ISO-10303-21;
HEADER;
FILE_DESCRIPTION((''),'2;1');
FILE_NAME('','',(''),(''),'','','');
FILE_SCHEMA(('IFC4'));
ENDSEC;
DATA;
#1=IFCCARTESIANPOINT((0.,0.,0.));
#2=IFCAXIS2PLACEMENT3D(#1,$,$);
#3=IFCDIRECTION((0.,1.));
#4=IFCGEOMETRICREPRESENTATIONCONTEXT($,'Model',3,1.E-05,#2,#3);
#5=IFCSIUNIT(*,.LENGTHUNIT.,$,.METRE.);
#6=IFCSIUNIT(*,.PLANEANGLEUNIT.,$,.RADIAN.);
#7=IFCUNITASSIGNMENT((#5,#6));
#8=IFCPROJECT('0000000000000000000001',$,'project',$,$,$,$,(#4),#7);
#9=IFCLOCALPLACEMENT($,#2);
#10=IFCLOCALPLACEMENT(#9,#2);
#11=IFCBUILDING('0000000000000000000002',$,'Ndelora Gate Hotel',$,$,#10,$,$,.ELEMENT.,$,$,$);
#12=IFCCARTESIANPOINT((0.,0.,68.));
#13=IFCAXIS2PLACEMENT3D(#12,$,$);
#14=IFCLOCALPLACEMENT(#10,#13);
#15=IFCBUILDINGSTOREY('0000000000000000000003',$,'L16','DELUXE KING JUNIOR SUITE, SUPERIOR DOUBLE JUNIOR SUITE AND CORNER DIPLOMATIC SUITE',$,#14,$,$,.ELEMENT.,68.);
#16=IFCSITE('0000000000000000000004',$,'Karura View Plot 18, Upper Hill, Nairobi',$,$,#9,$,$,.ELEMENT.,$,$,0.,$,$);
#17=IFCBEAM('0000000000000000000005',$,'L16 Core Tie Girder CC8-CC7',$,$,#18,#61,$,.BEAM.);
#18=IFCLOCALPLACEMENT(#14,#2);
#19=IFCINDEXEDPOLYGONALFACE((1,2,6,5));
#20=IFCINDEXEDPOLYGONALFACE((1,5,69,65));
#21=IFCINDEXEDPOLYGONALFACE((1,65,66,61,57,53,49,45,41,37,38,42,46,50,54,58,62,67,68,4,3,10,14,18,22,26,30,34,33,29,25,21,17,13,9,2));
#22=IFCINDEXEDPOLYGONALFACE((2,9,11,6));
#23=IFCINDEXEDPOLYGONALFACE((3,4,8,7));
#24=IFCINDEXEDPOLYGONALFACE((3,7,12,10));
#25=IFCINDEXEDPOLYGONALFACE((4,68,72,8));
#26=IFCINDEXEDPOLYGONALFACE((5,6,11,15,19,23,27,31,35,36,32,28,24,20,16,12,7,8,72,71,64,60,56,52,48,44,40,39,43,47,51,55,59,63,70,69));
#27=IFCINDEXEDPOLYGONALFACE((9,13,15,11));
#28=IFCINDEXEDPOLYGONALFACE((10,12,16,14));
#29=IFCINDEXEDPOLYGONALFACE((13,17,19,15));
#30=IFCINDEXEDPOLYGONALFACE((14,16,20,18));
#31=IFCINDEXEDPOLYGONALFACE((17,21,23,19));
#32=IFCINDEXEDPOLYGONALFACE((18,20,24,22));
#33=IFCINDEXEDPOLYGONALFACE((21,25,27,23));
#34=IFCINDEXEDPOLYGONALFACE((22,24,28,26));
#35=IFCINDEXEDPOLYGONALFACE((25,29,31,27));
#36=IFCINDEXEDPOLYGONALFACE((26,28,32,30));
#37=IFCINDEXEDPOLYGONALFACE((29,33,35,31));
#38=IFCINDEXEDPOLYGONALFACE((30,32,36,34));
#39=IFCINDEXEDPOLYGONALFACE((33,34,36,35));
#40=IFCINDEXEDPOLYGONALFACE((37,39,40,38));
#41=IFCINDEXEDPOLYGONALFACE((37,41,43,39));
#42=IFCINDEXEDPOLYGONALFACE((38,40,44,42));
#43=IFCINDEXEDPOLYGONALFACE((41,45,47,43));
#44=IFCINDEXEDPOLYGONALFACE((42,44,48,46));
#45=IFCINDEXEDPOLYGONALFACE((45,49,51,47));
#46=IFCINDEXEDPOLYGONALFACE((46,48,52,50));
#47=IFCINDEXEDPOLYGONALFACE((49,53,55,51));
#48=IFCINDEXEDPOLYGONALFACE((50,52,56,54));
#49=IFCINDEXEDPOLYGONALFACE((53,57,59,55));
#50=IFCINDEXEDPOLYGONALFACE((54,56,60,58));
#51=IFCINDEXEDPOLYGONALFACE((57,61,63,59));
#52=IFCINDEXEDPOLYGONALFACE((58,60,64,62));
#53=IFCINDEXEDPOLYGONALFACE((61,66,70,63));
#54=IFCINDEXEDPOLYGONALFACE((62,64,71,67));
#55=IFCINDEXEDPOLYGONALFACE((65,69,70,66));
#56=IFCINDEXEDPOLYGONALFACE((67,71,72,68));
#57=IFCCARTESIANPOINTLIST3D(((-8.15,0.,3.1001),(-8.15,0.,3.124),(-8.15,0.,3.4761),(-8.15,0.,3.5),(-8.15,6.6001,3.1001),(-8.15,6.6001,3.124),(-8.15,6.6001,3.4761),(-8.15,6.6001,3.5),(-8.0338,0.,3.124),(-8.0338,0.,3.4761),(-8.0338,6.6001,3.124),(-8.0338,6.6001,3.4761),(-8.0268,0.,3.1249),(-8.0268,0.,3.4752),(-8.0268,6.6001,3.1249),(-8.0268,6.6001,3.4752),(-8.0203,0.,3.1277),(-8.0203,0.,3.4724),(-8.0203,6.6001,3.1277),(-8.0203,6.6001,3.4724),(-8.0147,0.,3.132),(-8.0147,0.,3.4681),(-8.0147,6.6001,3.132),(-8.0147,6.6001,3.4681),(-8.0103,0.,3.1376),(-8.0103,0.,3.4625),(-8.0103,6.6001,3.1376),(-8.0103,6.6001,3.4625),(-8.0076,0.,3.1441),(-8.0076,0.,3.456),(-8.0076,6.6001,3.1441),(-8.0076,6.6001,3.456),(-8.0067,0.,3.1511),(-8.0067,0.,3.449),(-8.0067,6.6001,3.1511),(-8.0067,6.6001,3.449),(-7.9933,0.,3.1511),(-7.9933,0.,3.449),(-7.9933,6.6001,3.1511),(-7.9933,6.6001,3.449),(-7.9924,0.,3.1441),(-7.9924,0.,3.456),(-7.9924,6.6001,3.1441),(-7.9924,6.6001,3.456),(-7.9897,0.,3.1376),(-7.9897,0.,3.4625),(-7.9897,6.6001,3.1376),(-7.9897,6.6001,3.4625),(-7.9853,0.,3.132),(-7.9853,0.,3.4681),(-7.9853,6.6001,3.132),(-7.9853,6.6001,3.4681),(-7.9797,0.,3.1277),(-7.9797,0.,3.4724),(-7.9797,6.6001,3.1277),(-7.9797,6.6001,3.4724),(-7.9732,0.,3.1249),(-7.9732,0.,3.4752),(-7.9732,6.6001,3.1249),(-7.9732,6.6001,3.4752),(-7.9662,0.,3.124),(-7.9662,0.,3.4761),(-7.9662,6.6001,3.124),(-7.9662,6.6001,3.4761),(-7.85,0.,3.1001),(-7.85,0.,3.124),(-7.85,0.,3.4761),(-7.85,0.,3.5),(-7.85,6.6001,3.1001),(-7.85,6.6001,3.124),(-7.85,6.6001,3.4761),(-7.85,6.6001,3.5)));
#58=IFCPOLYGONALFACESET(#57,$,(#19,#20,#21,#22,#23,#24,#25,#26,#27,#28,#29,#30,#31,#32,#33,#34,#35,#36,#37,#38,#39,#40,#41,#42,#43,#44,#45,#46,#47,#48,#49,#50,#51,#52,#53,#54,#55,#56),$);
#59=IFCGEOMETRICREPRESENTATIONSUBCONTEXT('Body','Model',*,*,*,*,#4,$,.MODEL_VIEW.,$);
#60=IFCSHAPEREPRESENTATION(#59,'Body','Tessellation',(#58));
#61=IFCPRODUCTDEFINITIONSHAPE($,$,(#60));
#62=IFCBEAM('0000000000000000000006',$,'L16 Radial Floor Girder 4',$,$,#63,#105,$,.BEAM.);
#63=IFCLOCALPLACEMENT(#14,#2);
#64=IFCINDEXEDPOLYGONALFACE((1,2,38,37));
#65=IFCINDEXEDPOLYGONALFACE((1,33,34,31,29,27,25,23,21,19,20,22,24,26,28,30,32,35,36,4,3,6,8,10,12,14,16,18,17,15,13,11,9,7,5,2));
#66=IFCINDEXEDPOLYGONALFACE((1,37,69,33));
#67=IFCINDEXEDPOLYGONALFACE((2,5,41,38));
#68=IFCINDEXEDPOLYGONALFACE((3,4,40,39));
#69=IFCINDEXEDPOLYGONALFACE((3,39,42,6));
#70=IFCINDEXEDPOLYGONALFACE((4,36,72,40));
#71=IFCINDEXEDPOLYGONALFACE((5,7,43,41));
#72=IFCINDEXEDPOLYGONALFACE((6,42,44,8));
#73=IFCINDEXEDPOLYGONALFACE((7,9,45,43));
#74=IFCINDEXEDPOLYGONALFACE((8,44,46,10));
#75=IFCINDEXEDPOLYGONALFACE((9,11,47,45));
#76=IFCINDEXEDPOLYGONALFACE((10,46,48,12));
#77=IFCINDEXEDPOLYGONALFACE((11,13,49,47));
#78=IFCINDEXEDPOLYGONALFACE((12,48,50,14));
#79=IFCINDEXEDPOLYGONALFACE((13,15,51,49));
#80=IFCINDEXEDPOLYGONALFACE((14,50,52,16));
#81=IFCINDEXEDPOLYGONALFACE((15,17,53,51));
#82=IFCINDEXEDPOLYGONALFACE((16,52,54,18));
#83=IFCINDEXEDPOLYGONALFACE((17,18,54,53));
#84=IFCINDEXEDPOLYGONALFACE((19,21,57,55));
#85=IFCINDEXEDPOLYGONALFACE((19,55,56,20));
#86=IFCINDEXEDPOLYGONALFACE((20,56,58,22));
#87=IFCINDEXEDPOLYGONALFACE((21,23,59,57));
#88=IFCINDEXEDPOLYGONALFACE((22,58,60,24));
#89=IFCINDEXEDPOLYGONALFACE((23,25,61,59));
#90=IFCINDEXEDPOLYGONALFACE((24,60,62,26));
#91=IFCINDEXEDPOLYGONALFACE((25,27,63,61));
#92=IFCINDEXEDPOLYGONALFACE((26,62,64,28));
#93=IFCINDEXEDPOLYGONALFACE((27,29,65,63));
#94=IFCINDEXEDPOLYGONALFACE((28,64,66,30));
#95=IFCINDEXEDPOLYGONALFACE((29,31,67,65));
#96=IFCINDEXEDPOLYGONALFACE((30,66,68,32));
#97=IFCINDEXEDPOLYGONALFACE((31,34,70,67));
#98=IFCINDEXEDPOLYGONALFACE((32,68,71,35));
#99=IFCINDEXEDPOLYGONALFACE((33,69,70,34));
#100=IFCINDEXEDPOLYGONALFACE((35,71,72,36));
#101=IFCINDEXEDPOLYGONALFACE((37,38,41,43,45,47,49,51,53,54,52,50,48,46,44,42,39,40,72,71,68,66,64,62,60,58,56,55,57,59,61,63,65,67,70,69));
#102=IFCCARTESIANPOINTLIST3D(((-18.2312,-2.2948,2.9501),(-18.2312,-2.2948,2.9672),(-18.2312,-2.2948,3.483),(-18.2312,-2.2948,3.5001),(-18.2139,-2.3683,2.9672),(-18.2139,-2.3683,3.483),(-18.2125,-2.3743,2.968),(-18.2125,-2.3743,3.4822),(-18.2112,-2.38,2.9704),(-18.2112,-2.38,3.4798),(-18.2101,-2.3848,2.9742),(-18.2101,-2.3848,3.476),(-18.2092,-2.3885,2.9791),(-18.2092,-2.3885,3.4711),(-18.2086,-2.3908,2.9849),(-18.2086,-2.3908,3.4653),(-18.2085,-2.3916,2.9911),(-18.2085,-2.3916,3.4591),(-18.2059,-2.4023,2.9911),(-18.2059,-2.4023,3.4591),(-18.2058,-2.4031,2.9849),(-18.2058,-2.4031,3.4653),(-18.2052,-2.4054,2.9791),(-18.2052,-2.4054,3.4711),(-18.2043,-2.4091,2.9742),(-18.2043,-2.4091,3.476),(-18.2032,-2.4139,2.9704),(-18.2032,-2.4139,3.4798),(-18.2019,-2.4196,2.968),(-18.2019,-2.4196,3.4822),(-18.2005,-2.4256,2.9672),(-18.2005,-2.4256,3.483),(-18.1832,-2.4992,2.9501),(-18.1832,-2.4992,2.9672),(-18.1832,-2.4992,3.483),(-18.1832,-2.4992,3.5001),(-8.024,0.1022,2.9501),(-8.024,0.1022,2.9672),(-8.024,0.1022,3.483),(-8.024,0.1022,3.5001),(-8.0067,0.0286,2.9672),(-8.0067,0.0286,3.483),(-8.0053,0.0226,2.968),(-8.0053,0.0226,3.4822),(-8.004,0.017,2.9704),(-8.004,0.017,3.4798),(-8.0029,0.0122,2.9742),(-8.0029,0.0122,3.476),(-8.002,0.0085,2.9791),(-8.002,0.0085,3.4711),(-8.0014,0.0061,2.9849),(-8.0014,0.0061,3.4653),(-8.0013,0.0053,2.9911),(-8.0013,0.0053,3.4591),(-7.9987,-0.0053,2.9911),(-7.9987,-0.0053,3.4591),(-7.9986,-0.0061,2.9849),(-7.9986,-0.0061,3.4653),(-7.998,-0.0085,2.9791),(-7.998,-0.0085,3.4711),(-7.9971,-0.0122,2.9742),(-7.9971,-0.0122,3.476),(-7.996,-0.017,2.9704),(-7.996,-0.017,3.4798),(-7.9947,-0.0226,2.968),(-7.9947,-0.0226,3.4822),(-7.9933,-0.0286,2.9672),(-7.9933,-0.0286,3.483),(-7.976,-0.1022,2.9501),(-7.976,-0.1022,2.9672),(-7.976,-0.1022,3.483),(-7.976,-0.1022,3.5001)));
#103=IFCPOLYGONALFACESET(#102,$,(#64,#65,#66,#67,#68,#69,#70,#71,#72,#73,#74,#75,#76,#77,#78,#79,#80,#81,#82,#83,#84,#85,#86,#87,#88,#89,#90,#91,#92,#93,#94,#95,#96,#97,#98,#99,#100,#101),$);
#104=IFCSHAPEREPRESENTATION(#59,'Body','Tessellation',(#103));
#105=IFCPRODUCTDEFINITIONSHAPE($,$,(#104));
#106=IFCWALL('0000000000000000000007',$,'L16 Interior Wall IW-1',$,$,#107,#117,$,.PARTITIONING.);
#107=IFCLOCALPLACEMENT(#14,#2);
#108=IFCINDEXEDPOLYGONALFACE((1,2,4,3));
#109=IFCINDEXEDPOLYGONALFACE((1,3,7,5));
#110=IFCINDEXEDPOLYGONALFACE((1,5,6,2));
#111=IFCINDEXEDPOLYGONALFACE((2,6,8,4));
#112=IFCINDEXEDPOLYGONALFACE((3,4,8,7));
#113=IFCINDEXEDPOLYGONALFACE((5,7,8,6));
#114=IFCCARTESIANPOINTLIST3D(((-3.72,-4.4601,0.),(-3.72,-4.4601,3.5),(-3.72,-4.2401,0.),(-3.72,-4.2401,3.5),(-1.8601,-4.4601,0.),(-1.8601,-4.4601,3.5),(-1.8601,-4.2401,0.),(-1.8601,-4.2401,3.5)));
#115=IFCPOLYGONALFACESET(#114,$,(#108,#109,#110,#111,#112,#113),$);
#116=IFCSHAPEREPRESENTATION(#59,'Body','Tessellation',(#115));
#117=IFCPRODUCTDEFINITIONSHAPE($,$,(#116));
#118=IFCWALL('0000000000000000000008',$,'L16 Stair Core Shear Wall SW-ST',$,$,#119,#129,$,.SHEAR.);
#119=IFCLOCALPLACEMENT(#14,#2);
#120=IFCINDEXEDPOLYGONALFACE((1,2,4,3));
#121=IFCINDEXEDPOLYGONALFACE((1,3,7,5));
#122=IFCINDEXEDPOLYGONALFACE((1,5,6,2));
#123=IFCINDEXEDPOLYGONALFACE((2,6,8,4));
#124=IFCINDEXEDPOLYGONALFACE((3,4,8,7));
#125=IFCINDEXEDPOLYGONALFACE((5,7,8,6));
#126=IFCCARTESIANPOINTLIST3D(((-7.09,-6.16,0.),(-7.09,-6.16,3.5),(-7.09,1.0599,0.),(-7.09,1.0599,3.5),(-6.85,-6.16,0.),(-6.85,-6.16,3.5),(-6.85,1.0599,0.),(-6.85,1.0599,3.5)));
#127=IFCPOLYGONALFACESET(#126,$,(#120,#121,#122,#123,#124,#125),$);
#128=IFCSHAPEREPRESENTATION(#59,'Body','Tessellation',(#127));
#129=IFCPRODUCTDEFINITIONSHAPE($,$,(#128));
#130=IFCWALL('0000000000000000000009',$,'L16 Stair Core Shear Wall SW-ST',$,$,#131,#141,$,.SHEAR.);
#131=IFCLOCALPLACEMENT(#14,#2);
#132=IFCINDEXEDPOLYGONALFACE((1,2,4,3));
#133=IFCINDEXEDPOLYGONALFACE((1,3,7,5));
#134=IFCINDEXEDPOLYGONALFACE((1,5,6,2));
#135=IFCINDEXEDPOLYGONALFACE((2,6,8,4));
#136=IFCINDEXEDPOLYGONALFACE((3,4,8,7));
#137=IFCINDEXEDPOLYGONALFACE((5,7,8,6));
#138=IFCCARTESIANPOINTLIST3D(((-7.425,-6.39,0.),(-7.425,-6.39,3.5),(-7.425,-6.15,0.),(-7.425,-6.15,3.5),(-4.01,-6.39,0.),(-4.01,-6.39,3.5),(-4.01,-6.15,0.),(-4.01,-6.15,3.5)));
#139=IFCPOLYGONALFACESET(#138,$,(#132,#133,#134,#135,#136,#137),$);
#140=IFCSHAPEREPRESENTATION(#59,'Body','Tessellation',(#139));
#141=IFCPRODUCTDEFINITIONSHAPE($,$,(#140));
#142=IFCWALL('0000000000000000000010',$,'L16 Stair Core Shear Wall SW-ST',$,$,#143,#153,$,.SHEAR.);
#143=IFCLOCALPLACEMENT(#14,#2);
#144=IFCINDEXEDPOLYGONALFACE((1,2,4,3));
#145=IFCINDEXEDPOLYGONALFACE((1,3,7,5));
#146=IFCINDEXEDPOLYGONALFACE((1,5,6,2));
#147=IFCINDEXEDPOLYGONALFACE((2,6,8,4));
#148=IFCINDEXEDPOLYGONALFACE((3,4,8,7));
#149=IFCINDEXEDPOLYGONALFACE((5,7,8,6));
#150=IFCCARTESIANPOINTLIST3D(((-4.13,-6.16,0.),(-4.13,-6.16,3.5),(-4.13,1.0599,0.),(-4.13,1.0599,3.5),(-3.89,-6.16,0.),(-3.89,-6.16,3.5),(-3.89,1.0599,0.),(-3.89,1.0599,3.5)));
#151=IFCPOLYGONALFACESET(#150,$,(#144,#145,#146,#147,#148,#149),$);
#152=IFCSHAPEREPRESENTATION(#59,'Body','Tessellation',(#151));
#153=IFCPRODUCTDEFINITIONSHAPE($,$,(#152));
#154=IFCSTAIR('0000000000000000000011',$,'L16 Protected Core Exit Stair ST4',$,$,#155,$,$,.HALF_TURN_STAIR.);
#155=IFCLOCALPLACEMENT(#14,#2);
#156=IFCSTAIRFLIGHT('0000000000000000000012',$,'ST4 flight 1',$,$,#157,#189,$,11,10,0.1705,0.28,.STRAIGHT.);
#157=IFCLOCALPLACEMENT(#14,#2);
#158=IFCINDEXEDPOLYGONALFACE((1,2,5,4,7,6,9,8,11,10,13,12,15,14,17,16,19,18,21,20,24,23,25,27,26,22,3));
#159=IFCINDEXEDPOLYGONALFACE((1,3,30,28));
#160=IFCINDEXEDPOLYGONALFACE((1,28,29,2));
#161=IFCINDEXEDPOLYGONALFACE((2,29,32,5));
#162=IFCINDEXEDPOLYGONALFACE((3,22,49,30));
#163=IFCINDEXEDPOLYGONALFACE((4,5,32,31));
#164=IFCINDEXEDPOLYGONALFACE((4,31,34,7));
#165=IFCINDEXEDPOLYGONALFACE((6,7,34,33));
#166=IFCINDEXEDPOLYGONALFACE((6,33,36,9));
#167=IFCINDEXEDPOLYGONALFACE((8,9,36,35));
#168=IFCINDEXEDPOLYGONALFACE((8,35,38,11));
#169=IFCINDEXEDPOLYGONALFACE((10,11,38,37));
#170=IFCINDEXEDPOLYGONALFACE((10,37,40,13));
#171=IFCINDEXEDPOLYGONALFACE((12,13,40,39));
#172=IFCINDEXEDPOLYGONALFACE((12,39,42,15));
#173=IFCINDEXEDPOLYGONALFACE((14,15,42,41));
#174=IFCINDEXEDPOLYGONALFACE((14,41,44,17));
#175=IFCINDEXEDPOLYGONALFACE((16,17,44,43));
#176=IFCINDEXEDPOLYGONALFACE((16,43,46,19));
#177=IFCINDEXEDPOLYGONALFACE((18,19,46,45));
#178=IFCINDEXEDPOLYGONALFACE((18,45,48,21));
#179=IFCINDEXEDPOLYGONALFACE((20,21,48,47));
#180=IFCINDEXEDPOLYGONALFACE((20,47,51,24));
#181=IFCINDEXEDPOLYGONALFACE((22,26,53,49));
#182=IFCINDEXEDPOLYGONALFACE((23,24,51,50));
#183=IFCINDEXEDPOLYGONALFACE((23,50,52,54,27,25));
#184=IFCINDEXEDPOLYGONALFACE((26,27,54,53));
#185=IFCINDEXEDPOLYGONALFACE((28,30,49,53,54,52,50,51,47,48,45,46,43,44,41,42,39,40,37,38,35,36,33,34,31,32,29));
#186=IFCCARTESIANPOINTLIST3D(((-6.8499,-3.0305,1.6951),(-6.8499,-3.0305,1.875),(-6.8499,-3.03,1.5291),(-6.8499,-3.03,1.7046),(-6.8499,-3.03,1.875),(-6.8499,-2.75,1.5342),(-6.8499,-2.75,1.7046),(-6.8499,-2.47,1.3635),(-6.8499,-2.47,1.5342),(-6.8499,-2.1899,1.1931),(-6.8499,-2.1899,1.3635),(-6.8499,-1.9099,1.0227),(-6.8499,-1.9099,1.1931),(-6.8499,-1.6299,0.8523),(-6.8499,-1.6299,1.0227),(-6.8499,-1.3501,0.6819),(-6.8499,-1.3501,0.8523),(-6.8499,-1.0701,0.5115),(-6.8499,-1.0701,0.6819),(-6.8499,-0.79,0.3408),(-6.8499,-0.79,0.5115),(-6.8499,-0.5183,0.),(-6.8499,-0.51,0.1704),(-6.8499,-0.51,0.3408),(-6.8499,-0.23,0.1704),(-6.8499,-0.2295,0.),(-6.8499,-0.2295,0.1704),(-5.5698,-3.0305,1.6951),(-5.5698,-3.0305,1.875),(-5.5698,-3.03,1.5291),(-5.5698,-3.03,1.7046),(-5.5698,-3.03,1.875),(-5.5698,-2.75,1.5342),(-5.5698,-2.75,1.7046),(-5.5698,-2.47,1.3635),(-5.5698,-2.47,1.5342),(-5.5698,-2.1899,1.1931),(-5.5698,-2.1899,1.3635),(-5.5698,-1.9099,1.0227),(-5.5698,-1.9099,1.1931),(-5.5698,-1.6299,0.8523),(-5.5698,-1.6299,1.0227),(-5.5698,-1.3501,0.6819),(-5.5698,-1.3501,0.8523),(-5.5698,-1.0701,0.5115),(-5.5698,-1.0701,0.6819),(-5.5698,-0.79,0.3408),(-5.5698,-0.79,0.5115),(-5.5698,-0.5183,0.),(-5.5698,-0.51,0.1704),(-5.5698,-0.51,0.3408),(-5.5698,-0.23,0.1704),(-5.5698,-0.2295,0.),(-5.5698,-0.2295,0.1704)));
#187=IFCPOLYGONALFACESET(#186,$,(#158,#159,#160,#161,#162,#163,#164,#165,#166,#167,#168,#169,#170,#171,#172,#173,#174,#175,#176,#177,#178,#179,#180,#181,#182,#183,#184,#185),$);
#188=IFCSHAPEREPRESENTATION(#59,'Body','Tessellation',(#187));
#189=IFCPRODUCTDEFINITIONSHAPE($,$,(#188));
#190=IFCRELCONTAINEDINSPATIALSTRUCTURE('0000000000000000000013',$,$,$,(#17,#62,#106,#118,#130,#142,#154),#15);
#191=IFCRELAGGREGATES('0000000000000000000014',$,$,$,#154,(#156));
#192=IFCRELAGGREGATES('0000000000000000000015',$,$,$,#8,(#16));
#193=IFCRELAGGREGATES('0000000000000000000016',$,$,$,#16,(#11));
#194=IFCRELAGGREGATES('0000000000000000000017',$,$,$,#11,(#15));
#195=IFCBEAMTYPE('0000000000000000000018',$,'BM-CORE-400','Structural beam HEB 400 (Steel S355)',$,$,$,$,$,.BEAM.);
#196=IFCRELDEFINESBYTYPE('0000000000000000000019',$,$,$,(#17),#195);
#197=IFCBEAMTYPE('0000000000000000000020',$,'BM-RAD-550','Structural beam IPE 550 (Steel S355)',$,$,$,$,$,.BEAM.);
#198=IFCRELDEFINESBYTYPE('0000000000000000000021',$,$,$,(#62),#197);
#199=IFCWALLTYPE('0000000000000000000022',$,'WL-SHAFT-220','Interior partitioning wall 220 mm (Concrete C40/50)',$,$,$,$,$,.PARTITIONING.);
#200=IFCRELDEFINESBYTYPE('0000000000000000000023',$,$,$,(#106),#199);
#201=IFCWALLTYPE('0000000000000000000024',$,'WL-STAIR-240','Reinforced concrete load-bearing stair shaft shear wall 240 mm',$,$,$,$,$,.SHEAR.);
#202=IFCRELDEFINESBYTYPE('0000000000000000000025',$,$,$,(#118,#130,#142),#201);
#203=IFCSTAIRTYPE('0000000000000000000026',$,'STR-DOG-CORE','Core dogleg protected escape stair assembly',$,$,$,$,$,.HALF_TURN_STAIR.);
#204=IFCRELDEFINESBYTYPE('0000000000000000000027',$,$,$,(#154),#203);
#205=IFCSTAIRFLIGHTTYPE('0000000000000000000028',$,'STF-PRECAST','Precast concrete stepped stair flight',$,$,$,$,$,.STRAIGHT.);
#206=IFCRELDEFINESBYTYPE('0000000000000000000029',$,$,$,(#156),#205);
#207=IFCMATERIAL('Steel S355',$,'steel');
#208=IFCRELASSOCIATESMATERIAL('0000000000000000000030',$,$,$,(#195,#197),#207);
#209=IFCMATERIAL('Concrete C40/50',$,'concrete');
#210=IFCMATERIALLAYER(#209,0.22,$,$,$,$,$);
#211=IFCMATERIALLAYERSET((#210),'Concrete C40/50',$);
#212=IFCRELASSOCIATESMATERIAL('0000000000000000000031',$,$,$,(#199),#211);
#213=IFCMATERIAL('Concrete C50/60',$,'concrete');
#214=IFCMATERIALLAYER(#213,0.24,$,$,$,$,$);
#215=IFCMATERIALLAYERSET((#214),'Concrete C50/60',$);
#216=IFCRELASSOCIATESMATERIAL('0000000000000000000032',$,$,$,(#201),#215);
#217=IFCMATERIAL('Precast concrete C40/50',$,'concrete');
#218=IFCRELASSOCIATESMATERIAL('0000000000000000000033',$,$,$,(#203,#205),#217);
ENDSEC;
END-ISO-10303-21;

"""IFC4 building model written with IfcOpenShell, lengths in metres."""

from ifc_helpers import new_model, si_unit, direction, frame, frame_2d, origin, origin_2d, place, context, subcontext, project, spatial, polyline, rectangle, i_section, outline, extrude, material, layer, layer_set, material_profile, profile_set, type_object, element, aggregate, save


model = new_model("IFC4")

# Units and contexts
model_context = context("Model", 3, precision=1e-05, world=origin(), true_north=direction((0.0, 1.0)))
body_context = subcontext(model_context, "Body", "Model", "MODEL_VIEW")
ifc_project = project(units=[si_unit("LENGTHUNIT", "METRE"), si_unit("PLANEANGLEUNIT", "RADIAN")], contexts=[model_context])

# Site, building, storey
site_placement = place(None, origin())
site = spatial("IfcSite", under=ifc_project, at=site_placement, Name="Karura View Plot 18, Upper Hill, Nairobi", CompositionType="ELEMENT", RefElevation=0.0)
building_placement = place(site_placement, origin())
building = spatial("IfcBuilding", under=site, at=building_placement, Name="Ndelora Gate Hotel", CompositionType="ELEMENT")
storey_placement = place(building_placement, frame((0.0, 0.0, 68.0)))
storey = spatial("IfcBuildingStorey", under=building, at=storey_placement, Name="L16", Description="DELUXE KING JUNIOR SUITE, SUPERIOR DOUBLE JUNIOR SUITE AND CORNER DIPLOMATIC SUITE", CompositionType="ELEMENT", Elevation=68.0)

# Beams
ifc_material_1 = material(Name="Steel S355", Category="steel")
ifc_material_profile_1 = material_profile(ifc_material_1, i_section(OverallWidth=0.3, OverallDepth=0.3999, WebThickness=0.0134, FlangeThickness=0.0239, FilletRadius=0.0271, at=origin_2d()), Name="HEB 400")
ifc_profile_set_1 = profile_set([ifc_material_profile_1], Name="Steel S355")
beam_type_1 = type_object("IfcBeamType", Name="BM-CORE-400", Description="Structural beam HEB 400 (Steel S355)", PredefinedType="BEAM", material=ifc_profile_set_1)
beam_1_placement = place(storey_placement, frame((-8.0, 0.0, 3.3), z_axis=(0.0, 1.0, 0.0), x_axis=(-1.0, 0.0, 0.0)))
element("IfcBeam", 1, at=beam_1_placement, inside=storey, type_object=beam_type_1, Name="L16 Core Tie Girder CC8-CC7", PredefinedType="BEAM", context=body_context, shape_type="SweptSolid", body=[
    extrude(i_section(OverallWidth=0.3, OverallDepth=0.3999, WebThickness=0.0134, FlangeThickness=0.0239, FilletRadius=0.0271, at=origin_2d()), origin(), (0.0, 0.0, 1.0), 6.6001),
])
ifc_material_profile_2 = material_profile(ifc_material_1, i_section(OverallWidth=0.21, OverallDepth=0.55, WebThickness=0.011, FlangeThickness=0.0171, FilletRadius=0.0239, at=origin_2d()), Name="IPE 550")
ifc_profile_set_2 = profile_set([ifc_material_profile_2], Name="Steel S355")
beam_type_2 = type_object("IfcBeamType", Name="BM-RAD-550", Description="Structural beam IPE 550 (Steel S355)", PredefinedType="BEAM", material=ifc_profile_set_2)
beam_2_placement = place(storey_placement, frame((-8.0, 0.0, 3.2251), z_axis=(-0.973518, -0.228611, 0.0), x_axis=(0.228611, -0.973518, 0.0)))
element("IfcBeam", 2, at=beam_2_placement, inside=storey, type_object=beam_type_2, Name="L16 Radial Floor Girder 4", PredefinedType="BEAM", context=body_context, shape_type="SweptSolid", body=[
    extrude(i_section(OverallWidth=0.21, OverallDepth=0.55, WebThickness=0.011, FlangeThickness=0.0171, FilletRadius=0.0239, at=origin_2d()), origin(), (0.0, 0.0, 1.0), 10.4849),
])

# Shared definitions
ifc_material_2 = material(Name="Concrete C40/50", Category="concrete")
ifc_layer_1 = layer(ifc_material_2, 0.22)
ifc_layer_set_1 = layer_set([ifc_layer_1], Name="Concrete C40/50")
wall_type_1 = type_object("IfcWallType", Name="WL-SHAFT-220", Description="Interior partitioning wall 220 mm (Concrete C40/50)", PredefinedType="PARTITIONING", material=ifc_layer_set_1)

# Walls
wall_1_placement = place(storey_placement, frame((-3.72, -4.3501, 0.0), z_axis=(0.0, 0.0, 1.0), x_axis=(1.0, 0.0, 0.0)))
element("IfcWall", 3, at=wall_1_placement, inside=storey, type_object=wall_type_1, Name="L16 Interior Wall IW-1", PredefinedType="PARTITIONING", context=body_context, shape_type="SweptSolid", body=[
    extrude(rectangle(XDim=1.8599, YDim=0.22, at=frame_2d((0.9299, 0.0))), origin(), (0.0, 0.0, 1.0), 3.5),
])
ifc_material_3 = material(Name="Concrete C50/60", Category="concrete")
ifc_layer_2 = layer(ifc_material_3, 0.24)
ifc_layer_set_2 = layer_set([ifc_layer_2], Name="Concrete C50/60")
wall_type_2 = type_object("IfcWallType", Name="WL-STAIR-240", Description="Reinforced concrete load-bearing stair shaft shear wall 240 mm", PredefinedType="SHEAR", material=ifc_layer_set_2)
wall_2_placement = place(storey_placement, frame((-6.97, -6.1599, 0.0), z_axis=(0.0, 0.0, 1.0), x_axis=(0.0, 1.0, 0.0)))
element("IfcWall", 4, at=wall_2_placement, inside=storey, type_object=wall_type_2, Name="L16 Stair Core Shear Wall SW-ST", PredefinedType="SHEAR", context=body_context, shape_type="SweptSolid", body=[
    extrude(rectangle(XDim=7.22, YDim=0.24, at=frame_2d((3.6099, 0.0))), origin(), (0.0, 0.0, 1.0), 3.5),
])
wall_3_placement = place(storey_placement, frame((-7.425, -6.27, 0.0), z_axis=(0.0, 0.0, 1.0), x_axis=(1.0, 0.0, 0.0)))
element("IfcWall", 5, at=wall_3_placement, inside=storey, type_object=wall_type_2, Name="L16 Stair Core Shear Wall SW-ST", PredefinedType="SHEAR", context=body_context, shape_type="SweptSolid", body=[
    extrude(rectangle(XDim=3.415, YDim=0.24, at=frame_2d((1.7075, 0.0))), origin(), (0.0, 0.0, 1.0), 3.5),
])
wall_4_placement = place(storey_placement, frame((-4.01, -6.1599, 0.0), z_axis=(0.0, 0.0, 1.0), x_axis=(0.0, 1.0, 0.0)))
element("IfcWall", 6, at=wall_4_placement, inside=storey, type_object=wall_type_2, Name="L16 Stair Core Shear Wall SW-ST", PredefinedType="SHEAR", context=body_context, shape_type="SweptSolid", body=[
    extrude(rectangle(XDim=7.22, YDim=0.24, at=frame_2d((3.6099, 0.0))), origin(), (0.0, 0.0, 1.0), 3.5),
])

# Stair, stair flight
ifc_material_4 = material(Name="Precast concrete C40/50", Category="concrete")
stair_type = type_object("IfcStairType", Name="STR-DOG-CORE", Description="Core dogleg protected escape stair assembly", PredefinedType="HALF_TURN_STAIR", material=ifc_material_4)
stair_placement = place(storey_placement, origin())
stair = element("IfcStair", 7, at=stair_placement, inside=storey, type_object=stair_type, Name="L16 Protected Core Exit Stair ST4", PredefinedType="HALF_TURN_STAIR")
stair_flight_type = type_object("IfcStairFlightType", Name="STF-PRECAST", Description="Precast concrete stepped stair flight", PredefinedType="STRAIGHT", material=ifc_material_4)
stair_flight_1_placement = place(storey_placement, frame((-6.21, -0.23, 0.0), z_axis=(0.0, 0.0, 1.0), x_axis=(0.0, -1.0, 0.0)))
stair_flight_1 = element("IfcStairFlight", 8, at=stair_flight_1_placement, type_object=stair_flight_type, Name="ST4 flight 1", NumberOfRisers=11, NumberOfTreads=10, PredefinedType="STRAIGHT", RiserHeight=0.1705, TreadLength=0.28, context=body_context, shape_type="SweptSolid", body=[
    extrude(outline(polyline([(-0.0005, 0.0), (-0.0005, 0.1704), (0.0, 0.1704), (0.28, 0.1704), (0.28, 0.3408), (0.5601, 0.3408), (0.5601, 0.5115), (0.8401, 0.5115), (0.8401, 0.6819), (1.1201, 0.6819), (1.1201, 0.8523), (1.3999, 0.8523), (1.3999, 1.0227), (1.6799, 1.0227), (1.6799, 1.1931), (1.96, 1.1931), (1.96, 1.3635), (2.24, 1.3635), (2.24, 1.5342), (2.52, 1.5342), (2.52, 1.7046), (2.8, 1.7046), (2.8, 1.875), (2.8005, 1.875), (2.8005, 1.6951), (2.8, 1.5291), (0.2883, 0.0), (-0.0005, 0.0)])), frame((0.0, 0.6401, 0.0), z_axis=(0.0, -1.0, 0.0), x_axis=(1.0, 0.0, 0.0)), (0.0, 0.0, 1.0), 1.28),
])
aggregate(stair, [stair_flight_1])

save(model, "model.ifc")
